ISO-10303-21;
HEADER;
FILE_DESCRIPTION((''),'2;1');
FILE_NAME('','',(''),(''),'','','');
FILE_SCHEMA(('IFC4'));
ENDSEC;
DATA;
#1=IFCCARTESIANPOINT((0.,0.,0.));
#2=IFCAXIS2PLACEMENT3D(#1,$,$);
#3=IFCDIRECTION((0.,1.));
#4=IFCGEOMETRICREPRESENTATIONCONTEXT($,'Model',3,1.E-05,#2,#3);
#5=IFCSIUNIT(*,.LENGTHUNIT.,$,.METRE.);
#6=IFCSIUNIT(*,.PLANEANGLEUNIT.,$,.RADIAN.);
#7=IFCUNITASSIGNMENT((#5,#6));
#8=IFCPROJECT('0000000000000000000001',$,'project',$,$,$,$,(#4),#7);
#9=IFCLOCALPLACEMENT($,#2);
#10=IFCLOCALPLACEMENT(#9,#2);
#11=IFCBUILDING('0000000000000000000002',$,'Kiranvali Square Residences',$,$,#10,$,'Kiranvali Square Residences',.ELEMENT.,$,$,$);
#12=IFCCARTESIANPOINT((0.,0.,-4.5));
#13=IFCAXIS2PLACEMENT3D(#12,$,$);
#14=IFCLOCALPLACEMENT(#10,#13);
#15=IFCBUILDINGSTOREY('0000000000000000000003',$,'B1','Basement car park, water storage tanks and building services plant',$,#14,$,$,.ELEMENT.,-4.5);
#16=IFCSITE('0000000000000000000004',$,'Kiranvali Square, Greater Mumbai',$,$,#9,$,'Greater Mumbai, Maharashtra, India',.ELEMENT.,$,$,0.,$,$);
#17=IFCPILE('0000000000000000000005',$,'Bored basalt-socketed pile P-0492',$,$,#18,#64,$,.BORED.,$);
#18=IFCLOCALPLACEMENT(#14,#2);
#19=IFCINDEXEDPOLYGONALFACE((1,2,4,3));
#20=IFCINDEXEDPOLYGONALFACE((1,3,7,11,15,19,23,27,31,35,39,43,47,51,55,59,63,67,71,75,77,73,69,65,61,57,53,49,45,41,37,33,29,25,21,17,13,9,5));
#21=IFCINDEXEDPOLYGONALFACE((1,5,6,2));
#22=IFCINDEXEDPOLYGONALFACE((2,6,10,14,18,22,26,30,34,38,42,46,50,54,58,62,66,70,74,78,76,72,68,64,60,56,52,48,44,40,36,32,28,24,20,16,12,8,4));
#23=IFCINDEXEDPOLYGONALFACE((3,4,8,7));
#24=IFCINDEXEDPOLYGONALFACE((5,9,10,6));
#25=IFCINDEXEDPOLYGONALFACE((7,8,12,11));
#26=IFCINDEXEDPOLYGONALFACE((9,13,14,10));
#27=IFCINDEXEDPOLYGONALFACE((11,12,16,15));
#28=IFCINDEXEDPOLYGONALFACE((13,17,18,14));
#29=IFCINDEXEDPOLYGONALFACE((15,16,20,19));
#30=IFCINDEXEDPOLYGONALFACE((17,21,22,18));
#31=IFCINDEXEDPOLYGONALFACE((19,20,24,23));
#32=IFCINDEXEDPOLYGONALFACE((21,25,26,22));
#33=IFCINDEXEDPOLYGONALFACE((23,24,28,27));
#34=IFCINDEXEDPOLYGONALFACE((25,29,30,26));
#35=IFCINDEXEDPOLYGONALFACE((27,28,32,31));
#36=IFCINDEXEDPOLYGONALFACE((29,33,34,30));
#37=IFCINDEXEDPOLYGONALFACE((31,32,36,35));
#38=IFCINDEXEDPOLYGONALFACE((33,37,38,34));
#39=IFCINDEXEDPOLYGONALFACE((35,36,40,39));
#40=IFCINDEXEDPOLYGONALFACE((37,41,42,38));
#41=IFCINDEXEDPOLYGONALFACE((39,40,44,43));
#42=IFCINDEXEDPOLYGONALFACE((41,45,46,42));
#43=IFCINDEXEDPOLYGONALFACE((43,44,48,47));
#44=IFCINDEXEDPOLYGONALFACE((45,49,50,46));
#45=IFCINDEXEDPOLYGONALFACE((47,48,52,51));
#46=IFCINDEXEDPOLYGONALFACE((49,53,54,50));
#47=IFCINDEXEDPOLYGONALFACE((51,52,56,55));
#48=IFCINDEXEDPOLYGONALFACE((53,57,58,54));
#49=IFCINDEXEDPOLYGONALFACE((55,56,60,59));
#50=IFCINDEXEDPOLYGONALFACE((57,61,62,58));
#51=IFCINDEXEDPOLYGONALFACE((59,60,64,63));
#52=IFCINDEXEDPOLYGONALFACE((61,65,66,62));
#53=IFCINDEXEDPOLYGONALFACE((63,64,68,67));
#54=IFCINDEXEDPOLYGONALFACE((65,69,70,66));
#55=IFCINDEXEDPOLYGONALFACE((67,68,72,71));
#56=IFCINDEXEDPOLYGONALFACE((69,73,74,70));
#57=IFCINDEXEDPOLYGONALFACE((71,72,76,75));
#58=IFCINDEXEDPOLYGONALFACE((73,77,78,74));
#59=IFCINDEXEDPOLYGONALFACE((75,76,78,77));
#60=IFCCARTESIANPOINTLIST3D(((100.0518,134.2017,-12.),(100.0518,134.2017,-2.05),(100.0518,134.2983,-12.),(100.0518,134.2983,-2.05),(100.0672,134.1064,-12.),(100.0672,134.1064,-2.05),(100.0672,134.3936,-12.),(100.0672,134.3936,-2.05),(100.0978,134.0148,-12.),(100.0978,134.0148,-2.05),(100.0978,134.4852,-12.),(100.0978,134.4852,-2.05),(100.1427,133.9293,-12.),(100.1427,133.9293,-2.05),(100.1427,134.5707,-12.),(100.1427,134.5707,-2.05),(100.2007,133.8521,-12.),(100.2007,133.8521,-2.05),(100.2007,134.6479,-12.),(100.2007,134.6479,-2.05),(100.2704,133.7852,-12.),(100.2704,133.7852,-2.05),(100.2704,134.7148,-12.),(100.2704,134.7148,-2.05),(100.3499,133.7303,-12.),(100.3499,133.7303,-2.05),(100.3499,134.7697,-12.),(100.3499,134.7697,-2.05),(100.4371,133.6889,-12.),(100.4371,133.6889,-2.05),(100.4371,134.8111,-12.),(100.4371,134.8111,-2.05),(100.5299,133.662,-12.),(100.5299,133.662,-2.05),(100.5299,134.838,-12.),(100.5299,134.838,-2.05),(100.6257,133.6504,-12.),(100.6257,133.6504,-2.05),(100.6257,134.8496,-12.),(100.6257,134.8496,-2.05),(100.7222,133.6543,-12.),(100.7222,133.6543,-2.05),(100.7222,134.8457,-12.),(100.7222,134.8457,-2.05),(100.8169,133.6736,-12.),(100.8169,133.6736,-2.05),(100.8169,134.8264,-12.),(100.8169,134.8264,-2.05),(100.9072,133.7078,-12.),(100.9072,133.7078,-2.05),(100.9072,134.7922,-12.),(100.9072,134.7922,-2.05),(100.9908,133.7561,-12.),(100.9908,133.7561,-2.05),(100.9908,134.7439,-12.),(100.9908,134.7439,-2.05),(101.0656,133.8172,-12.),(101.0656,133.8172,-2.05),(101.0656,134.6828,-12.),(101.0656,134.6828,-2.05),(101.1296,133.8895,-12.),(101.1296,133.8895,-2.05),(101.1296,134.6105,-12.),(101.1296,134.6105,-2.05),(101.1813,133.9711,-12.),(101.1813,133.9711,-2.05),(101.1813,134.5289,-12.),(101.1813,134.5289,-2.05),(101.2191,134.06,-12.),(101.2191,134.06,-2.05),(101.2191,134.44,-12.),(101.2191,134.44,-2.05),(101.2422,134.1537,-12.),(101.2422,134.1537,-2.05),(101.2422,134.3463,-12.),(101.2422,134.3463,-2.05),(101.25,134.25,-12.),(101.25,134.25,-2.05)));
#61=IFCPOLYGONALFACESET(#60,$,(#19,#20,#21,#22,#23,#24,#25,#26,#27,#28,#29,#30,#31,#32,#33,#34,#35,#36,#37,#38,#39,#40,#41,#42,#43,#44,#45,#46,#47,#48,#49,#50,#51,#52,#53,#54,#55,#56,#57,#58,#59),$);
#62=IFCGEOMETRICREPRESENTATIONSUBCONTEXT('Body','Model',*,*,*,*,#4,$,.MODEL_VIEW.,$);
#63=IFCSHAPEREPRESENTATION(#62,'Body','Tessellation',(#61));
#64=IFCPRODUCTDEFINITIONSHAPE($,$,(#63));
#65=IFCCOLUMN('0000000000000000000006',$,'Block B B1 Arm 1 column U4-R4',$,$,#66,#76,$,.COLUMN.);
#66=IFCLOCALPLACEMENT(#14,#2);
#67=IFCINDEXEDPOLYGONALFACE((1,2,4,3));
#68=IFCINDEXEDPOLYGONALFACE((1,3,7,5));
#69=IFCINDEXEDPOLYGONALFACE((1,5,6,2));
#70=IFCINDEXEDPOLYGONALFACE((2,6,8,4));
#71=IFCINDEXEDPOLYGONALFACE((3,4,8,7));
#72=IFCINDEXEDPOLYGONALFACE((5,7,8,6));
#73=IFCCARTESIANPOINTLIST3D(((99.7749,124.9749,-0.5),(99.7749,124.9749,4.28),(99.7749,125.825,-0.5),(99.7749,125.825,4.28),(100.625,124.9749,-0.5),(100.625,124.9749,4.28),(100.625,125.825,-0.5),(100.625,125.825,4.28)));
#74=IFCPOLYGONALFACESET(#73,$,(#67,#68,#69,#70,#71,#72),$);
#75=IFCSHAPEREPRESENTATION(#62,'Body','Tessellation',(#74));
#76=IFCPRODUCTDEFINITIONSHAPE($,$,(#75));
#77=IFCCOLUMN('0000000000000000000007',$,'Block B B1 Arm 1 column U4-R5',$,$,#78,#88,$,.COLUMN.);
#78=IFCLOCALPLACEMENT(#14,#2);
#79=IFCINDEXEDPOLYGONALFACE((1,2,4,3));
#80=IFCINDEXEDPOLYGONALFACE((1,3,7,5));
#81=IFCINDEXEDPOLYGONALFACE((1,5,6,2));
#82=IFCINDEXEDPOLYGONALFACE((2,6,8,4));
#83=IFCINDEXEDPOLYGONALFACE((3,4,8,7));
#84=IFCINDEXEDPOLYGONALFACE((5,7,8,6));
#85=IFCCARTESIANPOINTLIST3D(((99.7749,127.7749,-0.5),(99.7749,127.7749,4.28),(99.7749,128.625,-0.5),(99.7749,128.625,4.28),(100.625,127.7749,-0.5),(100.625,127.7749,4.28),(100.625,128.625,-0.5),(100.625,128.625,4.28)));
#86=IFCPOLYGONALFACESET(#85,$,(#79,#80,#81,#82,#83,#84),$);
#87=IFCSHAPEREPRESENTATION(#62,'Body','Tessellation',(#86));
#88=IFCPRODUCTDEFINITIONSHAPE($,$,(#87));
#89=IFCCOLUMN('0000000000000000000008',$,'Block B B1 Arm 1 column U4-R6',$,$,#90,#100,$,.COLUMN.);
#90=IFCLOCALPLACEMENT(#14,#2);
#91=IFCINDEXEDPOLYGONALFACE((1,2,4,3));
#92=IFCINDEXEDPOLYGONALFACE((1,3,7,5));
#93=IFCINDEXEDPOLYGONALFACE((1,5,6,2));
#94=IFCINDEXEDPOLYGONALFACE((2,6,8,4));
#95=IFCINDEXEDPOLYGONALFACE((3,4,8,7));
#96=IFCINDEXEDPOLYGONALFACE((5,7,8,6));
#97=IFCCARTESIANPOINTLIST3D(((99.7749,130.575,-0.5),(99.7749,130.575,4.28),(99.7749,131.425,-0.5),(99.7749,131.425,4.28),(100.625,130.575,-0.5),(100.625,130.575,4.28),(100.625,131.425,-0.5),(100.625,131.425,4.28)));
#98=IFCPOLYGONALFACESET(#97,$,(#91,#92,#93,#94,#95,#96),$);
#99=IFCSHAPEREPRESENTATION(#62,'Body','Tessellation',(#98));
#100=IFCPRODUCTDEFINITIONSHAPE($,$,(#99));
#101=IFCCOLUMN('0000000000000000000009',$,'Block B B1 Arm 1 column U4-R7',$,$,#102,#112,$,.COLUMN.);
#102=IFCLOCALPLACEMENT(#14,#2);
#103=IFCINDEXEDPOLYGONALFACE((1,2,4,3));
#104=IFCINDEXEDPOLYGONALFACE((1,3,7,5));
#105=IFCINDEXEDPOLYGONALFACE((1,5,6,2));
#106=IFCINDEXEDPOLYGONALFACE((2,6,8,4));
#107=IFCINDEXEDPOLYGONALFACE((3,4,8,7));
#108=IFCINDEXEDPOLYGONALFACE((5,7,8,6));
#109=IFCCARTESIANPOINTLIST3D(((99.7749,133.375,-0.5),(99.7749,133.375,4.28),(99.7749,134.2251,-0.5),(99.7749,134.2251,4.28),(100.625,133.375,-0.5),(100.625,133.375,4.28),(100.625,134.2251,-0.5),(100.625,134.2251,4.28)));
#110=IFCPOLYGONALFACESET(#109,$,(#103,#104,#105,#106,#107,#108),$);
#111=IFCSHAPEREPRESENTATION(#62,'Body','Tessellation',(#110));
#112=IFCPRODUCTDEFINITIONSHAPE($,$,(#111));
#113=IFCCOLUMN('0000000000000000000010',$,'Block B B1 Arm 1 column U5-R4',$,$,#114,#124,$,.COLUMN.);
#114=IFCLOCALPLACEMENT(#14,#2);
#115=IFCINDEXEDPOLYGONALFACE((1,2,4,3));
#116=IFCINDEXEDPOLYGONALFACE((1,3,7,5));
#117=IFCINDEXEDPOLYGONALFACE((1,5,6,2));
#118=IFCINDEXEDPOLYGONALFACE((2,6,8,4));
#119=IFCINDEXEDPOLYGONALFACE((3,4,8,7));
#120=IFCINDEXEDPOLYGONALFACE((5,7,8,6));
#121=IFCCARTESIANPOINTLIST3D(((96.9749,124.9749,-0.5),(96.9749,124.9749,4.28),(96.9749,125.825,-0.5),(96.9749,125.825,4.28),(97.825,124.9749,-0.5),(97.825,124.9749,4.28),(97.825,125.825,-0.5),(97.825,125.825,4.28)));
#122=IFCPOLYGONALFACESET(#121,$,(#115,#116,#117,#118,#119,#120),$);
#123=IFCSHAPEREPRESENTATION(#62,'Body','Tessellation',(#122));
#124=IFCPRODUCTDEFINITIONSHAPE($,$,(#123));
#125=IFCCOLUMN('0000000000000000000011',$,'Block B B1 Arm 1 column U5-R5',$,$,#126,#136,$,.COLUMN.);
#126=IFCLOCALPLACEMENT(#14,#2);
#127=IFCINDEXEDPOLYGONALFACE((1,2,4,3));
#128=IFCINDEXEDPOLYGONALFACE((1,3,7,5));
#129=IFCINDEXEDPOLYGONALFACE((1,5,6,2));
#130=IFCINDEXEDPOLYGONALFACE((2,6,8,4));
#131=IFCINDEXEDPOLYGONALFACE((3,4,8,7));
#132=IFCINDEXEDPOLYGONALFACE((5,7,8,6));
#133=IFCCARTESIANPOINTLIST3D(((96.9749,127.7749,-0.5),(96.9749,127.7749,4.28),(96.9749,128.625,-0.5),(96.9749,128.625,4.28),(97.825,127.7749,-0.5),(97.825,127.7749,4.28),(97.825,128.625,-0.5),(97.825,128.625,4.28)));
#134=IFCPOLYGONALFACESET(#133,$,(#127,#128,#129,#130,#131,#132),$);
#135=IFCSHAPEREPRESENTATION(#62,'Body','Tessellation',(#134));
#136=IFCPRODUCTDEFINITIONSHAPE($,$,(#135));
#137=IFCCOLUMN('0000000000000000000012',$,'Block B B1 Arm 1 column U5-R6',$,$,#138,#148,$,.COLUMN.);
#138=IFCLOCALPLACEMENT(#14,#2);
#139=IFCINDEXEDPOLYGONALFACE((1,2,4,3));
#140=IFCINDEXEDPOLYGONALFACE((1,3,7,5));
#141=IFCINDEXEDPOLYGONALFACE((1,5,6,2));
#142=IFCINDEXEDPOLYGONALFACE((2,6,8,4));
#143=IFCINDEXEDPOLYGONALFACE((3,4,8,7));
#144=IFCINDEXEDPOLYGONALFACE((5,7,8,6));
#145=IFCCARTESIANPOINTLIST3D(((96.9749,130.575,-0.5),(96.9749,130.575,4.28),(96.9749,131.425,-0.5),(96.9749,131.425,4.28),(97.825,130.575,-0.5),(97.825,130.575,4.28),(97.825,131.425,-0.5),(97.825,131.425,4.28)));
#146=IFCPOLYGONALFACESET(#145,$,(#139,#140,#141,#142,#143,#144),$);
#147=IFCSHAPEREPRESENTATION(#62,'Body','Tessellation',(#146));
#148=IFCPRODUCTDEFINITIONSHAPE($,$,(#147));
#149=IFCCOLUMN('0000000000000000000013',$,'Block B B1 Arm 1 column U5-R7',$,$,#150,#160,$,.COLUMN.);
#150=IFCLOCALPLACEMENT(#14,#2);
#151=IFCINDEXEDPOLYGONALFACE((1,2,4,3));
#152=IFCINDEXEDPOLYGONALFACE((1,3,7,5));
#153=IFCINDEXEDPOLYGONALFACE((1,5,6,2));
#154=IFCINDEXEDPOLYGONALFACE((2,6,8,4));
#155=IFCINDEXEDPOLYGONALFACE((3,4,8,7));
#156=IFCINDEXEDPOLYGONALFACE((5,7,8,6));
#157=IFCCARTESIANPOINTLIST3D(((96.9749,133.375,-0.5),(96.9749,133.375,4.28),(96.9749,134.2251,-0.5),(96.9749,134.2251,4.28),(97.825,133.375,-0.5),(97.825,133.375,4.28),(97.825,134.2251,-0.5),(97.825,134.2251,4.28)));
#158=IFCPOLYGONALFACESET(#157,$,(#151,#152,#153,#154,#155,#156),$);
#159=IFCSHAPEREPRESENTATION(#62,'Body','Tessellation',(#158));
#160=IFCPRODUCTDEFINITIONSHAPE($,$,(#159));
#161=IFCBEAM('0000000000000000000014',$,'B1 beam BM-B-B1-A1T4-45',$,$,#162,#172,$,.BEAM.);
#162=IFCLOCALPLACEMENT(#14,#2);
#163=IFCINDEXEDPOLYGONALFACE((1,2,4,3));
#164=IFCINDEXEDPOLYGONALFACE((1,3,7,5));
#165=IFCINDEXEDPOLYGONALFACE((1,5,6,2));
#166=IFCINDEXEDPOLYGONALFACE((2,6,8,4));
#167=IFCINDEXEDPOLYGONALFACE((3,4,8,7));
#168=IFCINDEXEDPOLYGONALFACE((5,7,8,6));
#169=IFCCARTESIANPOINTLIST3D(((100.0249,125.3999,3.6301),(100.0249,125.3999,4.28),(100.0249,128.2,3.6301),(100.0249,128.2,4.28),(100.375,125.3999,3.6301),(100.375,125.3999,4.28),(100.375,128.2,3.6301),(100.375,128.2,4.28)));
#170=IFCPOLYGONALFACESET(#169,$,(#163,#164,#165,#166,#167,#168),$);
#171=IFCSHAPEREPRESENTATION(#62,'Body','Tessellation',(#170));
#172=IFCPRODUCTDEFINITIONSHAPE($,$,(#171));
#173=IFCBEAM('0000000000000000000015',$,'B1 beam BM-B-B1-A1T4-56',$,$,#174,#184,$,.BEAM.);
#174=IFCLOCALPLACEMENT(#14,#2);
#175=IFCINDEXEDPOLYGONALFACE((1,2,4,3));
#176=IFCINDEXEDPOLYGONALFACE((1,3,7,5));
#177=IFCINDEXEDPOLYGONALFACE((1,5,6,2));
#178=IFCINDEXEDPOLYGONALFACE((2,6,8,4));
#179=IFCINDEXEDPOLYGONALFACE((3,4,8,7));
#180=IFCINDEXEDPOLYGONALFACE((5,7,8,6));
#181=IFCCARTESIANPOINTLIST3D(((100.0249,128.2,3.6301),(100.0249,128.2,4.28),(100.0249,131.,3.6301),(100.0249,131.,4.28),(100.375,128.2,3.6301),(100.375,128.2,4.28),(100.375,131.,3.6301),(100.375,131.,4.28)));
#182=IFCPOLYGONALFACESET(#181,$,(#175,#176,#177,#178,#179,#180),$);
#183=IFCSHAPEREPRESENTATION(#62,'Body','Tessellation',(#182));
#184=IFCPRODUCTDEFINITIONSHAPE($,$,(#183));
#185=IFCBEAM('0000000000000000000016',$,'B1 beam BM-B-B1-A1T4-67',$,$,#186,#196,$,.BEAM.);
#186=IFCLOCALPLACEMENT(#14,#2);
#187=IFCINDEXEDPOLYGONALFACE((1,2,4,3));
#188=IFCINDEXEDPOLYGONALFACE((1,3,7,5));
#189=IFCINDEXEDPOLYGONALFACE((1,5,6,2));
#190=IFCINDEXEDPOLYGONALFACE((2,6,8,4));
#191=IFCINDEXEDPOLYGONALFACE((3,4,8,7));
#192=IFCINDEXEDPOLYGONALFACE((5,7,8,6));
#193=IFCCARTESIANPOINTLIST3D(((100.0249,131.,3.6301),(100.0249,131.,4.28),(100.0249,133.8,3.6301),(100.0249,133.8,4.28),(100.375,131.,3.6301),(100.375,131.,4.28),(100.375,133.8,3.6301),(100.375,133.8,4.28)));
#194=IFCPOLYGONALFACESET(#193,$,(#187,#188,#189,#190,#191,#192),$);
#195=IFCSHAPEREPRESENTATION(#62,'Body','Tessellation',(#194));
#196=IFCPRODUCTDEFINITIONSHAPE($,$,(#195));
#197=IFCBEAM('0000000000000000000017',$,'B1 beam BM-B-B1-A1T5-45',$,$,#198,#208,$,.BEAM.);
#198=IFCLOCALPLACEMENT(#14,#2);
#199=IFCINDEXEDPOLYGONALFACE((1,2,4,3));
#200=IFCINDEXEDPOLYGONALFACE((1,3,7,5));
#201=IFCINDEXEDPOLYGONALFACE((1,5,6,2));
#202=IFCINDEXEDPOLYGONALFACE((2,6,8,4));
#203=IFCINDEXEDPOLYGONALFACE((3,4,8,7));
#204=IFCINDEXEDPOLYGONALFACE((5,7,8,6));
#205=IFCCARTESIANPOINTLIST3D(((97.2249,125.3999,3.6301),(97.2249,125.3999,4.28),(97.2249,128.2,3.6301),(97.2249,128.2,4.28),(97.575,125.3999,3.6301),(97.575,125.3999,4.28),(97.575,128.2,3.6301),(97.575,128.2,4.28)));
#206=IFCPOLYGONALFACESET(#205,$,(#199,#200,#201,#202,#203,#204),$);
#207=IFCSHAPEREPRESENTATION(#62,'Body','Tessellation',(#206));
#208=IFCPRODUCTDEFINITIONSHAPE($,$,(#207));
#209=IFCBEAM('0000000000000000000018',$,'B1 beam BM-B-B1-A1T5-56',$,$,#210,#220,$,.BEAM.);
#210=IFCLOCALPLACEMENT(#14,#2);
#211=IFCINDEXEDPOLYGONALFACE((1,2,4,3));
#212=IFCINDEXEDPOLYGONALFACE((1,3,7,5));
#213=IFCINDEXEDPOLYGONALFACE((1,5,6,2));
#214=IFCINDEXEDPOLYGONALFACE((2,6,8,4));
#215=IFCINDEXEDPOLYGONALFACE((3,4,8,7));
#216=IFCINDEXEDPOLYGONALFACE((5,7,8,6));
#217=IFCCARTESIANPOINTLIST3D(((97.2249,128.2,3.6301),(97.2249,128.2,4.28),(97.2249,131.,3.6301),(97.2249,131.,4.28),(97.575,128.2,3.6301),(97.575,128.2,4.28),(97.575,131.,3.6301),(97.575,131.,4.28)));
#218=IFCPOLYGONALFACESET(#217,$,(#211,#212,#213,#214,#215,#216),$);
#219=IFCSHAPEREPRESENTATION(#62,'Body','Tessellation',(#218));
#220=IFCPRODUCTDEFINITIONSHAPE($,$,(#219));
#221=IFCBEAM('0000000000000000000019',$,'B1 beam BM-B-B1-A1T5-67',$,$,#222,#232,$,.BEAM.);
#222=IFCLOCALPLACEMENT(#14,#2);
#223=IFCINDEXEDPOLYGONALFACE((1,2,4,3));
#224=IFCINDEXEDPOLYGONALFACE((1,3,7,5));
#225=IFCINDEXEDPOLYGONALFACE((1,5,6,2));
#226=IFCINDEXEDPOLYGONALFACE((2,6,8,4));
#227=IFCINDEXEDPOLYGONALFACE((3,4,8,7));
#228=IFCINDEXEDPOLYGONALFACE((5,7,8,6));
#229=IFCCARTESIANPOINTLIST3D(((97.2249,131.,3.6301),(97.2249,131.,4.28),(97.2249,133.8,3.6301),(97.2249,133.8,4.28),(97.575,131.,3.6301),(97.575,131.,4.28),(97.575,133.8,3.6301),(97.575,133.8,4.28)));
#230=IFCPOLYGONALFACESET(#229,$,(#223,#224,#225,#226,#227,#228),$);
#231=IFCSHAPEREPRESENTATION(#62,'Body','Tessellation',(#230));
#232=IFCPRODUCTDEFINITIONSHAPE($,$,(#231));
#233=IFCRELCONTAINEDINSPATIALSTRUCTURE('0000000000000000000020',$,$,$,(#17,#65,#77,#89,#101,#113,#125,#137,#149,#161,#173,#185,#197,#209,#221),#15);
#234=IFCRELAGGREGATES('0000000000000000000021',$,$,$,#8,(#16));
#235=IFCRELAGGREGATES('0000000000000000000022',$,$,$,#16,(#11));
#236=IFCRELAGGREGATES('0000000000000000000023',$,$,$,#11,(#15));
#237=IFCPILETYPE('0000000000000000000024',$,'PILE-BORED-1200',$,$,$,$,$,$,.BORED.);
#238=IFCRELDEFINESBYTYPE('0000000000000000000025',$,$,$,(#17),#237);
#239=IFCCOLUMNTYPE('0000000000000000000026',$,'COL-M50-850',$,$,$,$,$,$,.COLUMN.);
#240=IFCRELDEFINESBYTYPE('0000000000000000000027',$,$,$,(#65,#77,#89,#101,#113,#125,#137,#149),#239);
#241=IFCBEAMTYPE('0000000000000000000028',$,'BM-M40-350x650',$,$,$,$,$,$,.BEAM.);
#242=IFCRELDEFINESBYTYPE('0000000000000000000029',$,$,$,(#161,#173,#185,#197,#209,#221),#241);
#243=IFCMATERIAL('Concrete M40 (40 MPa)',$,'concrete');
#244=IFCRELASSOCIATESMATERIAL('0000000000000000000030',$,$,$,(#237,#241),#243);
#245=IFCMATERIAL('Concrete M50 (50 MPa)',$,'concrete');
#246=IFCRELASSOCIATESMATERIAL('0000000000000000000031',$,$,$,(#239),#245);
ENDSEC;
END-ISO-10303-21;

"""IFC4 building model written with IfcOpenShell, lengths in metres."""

from ifc_helpers import new_model, si_unit, direction, frame, origin, origin_2d, place, context, subcontext, project, spatial, rectangle, circle, extrude, material, material_profile, profile_set, type_object, element, save


model = new_model("IFC4")

# Units and contexts
model_context = context("Model", 3, precision=1e-05, world=origin(), true_north=direction((0.0, 1.0)))
body_context = subcontext(model_context, "Body", "Model", "MODEL_VIEW")
ifc_project = project(units=[si_unit("LENGTHUNIT", "METRE"), si_unit("PLANEANGLEUNIT", "RADIAN")], contexts=[model_context])

# Site, building, storey
site_placement = place(None, origin())
site = spatial("IfcSite", under=ifc_project, at=site_placement, Name="Kiranvali Square, Greater Mumbai", LongName="Greater Mumbai, Maharashtra, India", CompositionType="ELEMENT", RefElevation=0.0)
building_placement = place(site_placement, origin())
building = spatial("IfcBuilding", under=site, at=building_placement, Name="Kiranvali Square Residences", LongName="Kiranvali Square Residences", CompositionType="ELEMENT")
storey_placement = place(building_placement, frame((0.0, 0.0, -4.5)))
storey = spatial("IfcBuildingStorey", under=building, at=storey_placement, Name="B1", Description="Basement car park, water storage tanks and building services plant", CompositionType="ELEMENT", Elevation=-4.5)

# Shared definitions
ifc_material_1 = material(Name="Concrete M40 (40 MPa)", Category="concrete")

# Pile
ifc_material_profile_1 = material_profile(ifc_material_1, circle(Radius=0.6001, at=origin_2d()), Name="BORED PILE 1200")
ifc_profile_set_1 = profile_set([ifc_material_profile_1], Name="Concrete M40 (40 MPa)")
pile_type = type_object("IfcPileType", Name="PILE-BORED-1200", PredefinedType="BORED", material=ifc_profile_set_1)
for number, where, z_axis, x_axis, name in (
    (1, (100.6499, 134.25, -2.05), (0.0, 0.0, -1.0), (1.0, 0.0, 0.0), "Bored basalt-socketed pile P-0492"),
):
    element("IfcPile", number, at=place(storey_placement, frame(where, z_axis=z_axis, x_axis=x_axis)), inside=storey, type_object=pile_type, Name=name, PredefinedType="BORED", context=body_context, shape_type="SweptSolid", body=[
        extrude(circle(Radius=0.6001, at=origin_2d()), origin(), (0.0, 0.0, 1.0), 9.95),
    ])

# Columns
ifc_material_2 = material(Name="Concrete M50 (50 MPa)", Category="concrete")
ifc_material_profile_2 = material_profile(ifc_material_2, rectangle(XDim=0.8501, YDim=0.8501, at=origin_2d()), Name="RC 850x850")
ifc_profile_set_2 = profile_set([ifc_material_profile_2], Name="Concrete M50 (50 MPa)")
column_type = type_object("IfcColumnType", Name="COL-M50-850", PredefinedType="COLUMN", material=ifc_profile_set_2)
for number, where, z_axis, x_axis, name in (
    (2, (100.2, 125.3999, -0.5), (0.0, 0.0, 1.0), (1.0, 0.0, 0.0), "Block B B1 Arm 1 column U4-R4"),
    (3, (100.2, 128.2, -0.5), (0.0, 0.0, 1.0), (1.0, 0.0, 0.0), "Block B B1 Arm 1 column U4-R5"),
    (4, (100.2, 131.0, -0.5), (0.0, 0.0, 1.0), (1.0, 0.0, 0.0), "Block B B1 Arm 1 column U4-R6"),
    (5, (100.2, 133.8, -0.5), (0.0, 0.0, 1.0), (1.0, 0.0, 0.0), "Block B B1 Arm 1 column U4-R7"),
    (6, (97.3999, 125.3999, -0.5), (0.0, 0.0, 1.0), (1.0, 0.0, 0.0), "Block B B1 Arm 1 column U5-R4"),
    (7, (97.3999, 128.2, -0.5), (0.0, 0.0, 1.0), (1.0, 0.0, 0.0), "Block B B1 Arm 1 column U5-R5"),
    (8, (97.3999, 131.0, -0.5), (0.0, 0.0, 1.0), (1.0, 0.0, 0.0), "Block B B1 Arm 1 column U5-R6"),
    (9, (97.3999, 133.8, -0.5), (0.0, 0.0, 1.0), (1.0, 0.0, 0.0), "Block B B1 Arm 1 column U5-R7"),
):
    element("IfcColumn", number, at=place(storey_placement, frame(where, z_axis=z_axis, x_axis=x_axis)), inside=storey, type_object=column_type, Name=name, PredefinedType="COLUMN", context=body_context, shape_type="SweptSolid", body=[
        extrude(rectangle(XDim=0.8501, YDim=0.8501, at=origin_2d()), origin(), (0.0, 0.0, 1.0), 4.78),
    ])

# Beams
ifc_material_profile_3 = material_profile(ifc_material_1, rectangle(XDim=0.3501, YDim=0.6499, at=origin_2d()), Name="RC 350x650")
ifc_profile_set_3 = profile_set([ifc_material_profile_3], Name="Concrete M40 (40 MPa)")
beam_type_1 = type_object("IfcBeamType", Name="BM-M40-350x650", PredefinedType="BEAM", material=ifc_profile_set_3)
for number, where, z_axis, x_axis, name in (
    (10, (100.2, 125.3999, 3.9551), (0.0, 1.0, 0.0), (-1.0, 0.0, 0.0), "B1 beam BM-B-B1-A1T4-45"),
    (11, (100.2, 128.2, 3.9551), (0.0, 1.0, 0.0), (-1.0, 0.0, 0.0), "B1 beam BM-B-B1-A1T4-56"),
    (12, (100.2, 131.0, 3.9551), (0.0, 1.0, 0.0), (-1.0, 0.0, 0.0), "B1 beam BM-B-B1-A1T4-67"),
    (13, (97.3999, 125.3999, 3.9551), (0.0, 1.0, 0.0), (-1.0, 0.0, 0.0), "B1 beam BM-B-B1-A1T5-45"),
    (14, (97.3999, 128.2, 3.9551), (0.0, 1.0, 0.0), (-1.0, 0.0, 0.0), "B1 beam BM-B-B1-A1T5-56"),
    (15, (97.3999, 131.0, 3.9551), (0.0, 1.0, 0.0), (-1.0, 0.0, 0.0), "B1 beam BM-B-B1-A1T5-67"),
):
    element("IfcBeam", number, at=place(storey_placement, frame(where, z_axis=z_axis, x_axis=x_axis)), inside=storey, type_object=beam_type_1, Name=name, PredefinedType="BEAM", context=body_context, shape_type="SweptSolid", body=[
        extrude(rectangle(XDim=0.3501, YDim=0.6499, at=origin_2d()), origin(), (0.0, 0.0, 1.0), 2.8),
    ])

save(model, "model.ifc")
